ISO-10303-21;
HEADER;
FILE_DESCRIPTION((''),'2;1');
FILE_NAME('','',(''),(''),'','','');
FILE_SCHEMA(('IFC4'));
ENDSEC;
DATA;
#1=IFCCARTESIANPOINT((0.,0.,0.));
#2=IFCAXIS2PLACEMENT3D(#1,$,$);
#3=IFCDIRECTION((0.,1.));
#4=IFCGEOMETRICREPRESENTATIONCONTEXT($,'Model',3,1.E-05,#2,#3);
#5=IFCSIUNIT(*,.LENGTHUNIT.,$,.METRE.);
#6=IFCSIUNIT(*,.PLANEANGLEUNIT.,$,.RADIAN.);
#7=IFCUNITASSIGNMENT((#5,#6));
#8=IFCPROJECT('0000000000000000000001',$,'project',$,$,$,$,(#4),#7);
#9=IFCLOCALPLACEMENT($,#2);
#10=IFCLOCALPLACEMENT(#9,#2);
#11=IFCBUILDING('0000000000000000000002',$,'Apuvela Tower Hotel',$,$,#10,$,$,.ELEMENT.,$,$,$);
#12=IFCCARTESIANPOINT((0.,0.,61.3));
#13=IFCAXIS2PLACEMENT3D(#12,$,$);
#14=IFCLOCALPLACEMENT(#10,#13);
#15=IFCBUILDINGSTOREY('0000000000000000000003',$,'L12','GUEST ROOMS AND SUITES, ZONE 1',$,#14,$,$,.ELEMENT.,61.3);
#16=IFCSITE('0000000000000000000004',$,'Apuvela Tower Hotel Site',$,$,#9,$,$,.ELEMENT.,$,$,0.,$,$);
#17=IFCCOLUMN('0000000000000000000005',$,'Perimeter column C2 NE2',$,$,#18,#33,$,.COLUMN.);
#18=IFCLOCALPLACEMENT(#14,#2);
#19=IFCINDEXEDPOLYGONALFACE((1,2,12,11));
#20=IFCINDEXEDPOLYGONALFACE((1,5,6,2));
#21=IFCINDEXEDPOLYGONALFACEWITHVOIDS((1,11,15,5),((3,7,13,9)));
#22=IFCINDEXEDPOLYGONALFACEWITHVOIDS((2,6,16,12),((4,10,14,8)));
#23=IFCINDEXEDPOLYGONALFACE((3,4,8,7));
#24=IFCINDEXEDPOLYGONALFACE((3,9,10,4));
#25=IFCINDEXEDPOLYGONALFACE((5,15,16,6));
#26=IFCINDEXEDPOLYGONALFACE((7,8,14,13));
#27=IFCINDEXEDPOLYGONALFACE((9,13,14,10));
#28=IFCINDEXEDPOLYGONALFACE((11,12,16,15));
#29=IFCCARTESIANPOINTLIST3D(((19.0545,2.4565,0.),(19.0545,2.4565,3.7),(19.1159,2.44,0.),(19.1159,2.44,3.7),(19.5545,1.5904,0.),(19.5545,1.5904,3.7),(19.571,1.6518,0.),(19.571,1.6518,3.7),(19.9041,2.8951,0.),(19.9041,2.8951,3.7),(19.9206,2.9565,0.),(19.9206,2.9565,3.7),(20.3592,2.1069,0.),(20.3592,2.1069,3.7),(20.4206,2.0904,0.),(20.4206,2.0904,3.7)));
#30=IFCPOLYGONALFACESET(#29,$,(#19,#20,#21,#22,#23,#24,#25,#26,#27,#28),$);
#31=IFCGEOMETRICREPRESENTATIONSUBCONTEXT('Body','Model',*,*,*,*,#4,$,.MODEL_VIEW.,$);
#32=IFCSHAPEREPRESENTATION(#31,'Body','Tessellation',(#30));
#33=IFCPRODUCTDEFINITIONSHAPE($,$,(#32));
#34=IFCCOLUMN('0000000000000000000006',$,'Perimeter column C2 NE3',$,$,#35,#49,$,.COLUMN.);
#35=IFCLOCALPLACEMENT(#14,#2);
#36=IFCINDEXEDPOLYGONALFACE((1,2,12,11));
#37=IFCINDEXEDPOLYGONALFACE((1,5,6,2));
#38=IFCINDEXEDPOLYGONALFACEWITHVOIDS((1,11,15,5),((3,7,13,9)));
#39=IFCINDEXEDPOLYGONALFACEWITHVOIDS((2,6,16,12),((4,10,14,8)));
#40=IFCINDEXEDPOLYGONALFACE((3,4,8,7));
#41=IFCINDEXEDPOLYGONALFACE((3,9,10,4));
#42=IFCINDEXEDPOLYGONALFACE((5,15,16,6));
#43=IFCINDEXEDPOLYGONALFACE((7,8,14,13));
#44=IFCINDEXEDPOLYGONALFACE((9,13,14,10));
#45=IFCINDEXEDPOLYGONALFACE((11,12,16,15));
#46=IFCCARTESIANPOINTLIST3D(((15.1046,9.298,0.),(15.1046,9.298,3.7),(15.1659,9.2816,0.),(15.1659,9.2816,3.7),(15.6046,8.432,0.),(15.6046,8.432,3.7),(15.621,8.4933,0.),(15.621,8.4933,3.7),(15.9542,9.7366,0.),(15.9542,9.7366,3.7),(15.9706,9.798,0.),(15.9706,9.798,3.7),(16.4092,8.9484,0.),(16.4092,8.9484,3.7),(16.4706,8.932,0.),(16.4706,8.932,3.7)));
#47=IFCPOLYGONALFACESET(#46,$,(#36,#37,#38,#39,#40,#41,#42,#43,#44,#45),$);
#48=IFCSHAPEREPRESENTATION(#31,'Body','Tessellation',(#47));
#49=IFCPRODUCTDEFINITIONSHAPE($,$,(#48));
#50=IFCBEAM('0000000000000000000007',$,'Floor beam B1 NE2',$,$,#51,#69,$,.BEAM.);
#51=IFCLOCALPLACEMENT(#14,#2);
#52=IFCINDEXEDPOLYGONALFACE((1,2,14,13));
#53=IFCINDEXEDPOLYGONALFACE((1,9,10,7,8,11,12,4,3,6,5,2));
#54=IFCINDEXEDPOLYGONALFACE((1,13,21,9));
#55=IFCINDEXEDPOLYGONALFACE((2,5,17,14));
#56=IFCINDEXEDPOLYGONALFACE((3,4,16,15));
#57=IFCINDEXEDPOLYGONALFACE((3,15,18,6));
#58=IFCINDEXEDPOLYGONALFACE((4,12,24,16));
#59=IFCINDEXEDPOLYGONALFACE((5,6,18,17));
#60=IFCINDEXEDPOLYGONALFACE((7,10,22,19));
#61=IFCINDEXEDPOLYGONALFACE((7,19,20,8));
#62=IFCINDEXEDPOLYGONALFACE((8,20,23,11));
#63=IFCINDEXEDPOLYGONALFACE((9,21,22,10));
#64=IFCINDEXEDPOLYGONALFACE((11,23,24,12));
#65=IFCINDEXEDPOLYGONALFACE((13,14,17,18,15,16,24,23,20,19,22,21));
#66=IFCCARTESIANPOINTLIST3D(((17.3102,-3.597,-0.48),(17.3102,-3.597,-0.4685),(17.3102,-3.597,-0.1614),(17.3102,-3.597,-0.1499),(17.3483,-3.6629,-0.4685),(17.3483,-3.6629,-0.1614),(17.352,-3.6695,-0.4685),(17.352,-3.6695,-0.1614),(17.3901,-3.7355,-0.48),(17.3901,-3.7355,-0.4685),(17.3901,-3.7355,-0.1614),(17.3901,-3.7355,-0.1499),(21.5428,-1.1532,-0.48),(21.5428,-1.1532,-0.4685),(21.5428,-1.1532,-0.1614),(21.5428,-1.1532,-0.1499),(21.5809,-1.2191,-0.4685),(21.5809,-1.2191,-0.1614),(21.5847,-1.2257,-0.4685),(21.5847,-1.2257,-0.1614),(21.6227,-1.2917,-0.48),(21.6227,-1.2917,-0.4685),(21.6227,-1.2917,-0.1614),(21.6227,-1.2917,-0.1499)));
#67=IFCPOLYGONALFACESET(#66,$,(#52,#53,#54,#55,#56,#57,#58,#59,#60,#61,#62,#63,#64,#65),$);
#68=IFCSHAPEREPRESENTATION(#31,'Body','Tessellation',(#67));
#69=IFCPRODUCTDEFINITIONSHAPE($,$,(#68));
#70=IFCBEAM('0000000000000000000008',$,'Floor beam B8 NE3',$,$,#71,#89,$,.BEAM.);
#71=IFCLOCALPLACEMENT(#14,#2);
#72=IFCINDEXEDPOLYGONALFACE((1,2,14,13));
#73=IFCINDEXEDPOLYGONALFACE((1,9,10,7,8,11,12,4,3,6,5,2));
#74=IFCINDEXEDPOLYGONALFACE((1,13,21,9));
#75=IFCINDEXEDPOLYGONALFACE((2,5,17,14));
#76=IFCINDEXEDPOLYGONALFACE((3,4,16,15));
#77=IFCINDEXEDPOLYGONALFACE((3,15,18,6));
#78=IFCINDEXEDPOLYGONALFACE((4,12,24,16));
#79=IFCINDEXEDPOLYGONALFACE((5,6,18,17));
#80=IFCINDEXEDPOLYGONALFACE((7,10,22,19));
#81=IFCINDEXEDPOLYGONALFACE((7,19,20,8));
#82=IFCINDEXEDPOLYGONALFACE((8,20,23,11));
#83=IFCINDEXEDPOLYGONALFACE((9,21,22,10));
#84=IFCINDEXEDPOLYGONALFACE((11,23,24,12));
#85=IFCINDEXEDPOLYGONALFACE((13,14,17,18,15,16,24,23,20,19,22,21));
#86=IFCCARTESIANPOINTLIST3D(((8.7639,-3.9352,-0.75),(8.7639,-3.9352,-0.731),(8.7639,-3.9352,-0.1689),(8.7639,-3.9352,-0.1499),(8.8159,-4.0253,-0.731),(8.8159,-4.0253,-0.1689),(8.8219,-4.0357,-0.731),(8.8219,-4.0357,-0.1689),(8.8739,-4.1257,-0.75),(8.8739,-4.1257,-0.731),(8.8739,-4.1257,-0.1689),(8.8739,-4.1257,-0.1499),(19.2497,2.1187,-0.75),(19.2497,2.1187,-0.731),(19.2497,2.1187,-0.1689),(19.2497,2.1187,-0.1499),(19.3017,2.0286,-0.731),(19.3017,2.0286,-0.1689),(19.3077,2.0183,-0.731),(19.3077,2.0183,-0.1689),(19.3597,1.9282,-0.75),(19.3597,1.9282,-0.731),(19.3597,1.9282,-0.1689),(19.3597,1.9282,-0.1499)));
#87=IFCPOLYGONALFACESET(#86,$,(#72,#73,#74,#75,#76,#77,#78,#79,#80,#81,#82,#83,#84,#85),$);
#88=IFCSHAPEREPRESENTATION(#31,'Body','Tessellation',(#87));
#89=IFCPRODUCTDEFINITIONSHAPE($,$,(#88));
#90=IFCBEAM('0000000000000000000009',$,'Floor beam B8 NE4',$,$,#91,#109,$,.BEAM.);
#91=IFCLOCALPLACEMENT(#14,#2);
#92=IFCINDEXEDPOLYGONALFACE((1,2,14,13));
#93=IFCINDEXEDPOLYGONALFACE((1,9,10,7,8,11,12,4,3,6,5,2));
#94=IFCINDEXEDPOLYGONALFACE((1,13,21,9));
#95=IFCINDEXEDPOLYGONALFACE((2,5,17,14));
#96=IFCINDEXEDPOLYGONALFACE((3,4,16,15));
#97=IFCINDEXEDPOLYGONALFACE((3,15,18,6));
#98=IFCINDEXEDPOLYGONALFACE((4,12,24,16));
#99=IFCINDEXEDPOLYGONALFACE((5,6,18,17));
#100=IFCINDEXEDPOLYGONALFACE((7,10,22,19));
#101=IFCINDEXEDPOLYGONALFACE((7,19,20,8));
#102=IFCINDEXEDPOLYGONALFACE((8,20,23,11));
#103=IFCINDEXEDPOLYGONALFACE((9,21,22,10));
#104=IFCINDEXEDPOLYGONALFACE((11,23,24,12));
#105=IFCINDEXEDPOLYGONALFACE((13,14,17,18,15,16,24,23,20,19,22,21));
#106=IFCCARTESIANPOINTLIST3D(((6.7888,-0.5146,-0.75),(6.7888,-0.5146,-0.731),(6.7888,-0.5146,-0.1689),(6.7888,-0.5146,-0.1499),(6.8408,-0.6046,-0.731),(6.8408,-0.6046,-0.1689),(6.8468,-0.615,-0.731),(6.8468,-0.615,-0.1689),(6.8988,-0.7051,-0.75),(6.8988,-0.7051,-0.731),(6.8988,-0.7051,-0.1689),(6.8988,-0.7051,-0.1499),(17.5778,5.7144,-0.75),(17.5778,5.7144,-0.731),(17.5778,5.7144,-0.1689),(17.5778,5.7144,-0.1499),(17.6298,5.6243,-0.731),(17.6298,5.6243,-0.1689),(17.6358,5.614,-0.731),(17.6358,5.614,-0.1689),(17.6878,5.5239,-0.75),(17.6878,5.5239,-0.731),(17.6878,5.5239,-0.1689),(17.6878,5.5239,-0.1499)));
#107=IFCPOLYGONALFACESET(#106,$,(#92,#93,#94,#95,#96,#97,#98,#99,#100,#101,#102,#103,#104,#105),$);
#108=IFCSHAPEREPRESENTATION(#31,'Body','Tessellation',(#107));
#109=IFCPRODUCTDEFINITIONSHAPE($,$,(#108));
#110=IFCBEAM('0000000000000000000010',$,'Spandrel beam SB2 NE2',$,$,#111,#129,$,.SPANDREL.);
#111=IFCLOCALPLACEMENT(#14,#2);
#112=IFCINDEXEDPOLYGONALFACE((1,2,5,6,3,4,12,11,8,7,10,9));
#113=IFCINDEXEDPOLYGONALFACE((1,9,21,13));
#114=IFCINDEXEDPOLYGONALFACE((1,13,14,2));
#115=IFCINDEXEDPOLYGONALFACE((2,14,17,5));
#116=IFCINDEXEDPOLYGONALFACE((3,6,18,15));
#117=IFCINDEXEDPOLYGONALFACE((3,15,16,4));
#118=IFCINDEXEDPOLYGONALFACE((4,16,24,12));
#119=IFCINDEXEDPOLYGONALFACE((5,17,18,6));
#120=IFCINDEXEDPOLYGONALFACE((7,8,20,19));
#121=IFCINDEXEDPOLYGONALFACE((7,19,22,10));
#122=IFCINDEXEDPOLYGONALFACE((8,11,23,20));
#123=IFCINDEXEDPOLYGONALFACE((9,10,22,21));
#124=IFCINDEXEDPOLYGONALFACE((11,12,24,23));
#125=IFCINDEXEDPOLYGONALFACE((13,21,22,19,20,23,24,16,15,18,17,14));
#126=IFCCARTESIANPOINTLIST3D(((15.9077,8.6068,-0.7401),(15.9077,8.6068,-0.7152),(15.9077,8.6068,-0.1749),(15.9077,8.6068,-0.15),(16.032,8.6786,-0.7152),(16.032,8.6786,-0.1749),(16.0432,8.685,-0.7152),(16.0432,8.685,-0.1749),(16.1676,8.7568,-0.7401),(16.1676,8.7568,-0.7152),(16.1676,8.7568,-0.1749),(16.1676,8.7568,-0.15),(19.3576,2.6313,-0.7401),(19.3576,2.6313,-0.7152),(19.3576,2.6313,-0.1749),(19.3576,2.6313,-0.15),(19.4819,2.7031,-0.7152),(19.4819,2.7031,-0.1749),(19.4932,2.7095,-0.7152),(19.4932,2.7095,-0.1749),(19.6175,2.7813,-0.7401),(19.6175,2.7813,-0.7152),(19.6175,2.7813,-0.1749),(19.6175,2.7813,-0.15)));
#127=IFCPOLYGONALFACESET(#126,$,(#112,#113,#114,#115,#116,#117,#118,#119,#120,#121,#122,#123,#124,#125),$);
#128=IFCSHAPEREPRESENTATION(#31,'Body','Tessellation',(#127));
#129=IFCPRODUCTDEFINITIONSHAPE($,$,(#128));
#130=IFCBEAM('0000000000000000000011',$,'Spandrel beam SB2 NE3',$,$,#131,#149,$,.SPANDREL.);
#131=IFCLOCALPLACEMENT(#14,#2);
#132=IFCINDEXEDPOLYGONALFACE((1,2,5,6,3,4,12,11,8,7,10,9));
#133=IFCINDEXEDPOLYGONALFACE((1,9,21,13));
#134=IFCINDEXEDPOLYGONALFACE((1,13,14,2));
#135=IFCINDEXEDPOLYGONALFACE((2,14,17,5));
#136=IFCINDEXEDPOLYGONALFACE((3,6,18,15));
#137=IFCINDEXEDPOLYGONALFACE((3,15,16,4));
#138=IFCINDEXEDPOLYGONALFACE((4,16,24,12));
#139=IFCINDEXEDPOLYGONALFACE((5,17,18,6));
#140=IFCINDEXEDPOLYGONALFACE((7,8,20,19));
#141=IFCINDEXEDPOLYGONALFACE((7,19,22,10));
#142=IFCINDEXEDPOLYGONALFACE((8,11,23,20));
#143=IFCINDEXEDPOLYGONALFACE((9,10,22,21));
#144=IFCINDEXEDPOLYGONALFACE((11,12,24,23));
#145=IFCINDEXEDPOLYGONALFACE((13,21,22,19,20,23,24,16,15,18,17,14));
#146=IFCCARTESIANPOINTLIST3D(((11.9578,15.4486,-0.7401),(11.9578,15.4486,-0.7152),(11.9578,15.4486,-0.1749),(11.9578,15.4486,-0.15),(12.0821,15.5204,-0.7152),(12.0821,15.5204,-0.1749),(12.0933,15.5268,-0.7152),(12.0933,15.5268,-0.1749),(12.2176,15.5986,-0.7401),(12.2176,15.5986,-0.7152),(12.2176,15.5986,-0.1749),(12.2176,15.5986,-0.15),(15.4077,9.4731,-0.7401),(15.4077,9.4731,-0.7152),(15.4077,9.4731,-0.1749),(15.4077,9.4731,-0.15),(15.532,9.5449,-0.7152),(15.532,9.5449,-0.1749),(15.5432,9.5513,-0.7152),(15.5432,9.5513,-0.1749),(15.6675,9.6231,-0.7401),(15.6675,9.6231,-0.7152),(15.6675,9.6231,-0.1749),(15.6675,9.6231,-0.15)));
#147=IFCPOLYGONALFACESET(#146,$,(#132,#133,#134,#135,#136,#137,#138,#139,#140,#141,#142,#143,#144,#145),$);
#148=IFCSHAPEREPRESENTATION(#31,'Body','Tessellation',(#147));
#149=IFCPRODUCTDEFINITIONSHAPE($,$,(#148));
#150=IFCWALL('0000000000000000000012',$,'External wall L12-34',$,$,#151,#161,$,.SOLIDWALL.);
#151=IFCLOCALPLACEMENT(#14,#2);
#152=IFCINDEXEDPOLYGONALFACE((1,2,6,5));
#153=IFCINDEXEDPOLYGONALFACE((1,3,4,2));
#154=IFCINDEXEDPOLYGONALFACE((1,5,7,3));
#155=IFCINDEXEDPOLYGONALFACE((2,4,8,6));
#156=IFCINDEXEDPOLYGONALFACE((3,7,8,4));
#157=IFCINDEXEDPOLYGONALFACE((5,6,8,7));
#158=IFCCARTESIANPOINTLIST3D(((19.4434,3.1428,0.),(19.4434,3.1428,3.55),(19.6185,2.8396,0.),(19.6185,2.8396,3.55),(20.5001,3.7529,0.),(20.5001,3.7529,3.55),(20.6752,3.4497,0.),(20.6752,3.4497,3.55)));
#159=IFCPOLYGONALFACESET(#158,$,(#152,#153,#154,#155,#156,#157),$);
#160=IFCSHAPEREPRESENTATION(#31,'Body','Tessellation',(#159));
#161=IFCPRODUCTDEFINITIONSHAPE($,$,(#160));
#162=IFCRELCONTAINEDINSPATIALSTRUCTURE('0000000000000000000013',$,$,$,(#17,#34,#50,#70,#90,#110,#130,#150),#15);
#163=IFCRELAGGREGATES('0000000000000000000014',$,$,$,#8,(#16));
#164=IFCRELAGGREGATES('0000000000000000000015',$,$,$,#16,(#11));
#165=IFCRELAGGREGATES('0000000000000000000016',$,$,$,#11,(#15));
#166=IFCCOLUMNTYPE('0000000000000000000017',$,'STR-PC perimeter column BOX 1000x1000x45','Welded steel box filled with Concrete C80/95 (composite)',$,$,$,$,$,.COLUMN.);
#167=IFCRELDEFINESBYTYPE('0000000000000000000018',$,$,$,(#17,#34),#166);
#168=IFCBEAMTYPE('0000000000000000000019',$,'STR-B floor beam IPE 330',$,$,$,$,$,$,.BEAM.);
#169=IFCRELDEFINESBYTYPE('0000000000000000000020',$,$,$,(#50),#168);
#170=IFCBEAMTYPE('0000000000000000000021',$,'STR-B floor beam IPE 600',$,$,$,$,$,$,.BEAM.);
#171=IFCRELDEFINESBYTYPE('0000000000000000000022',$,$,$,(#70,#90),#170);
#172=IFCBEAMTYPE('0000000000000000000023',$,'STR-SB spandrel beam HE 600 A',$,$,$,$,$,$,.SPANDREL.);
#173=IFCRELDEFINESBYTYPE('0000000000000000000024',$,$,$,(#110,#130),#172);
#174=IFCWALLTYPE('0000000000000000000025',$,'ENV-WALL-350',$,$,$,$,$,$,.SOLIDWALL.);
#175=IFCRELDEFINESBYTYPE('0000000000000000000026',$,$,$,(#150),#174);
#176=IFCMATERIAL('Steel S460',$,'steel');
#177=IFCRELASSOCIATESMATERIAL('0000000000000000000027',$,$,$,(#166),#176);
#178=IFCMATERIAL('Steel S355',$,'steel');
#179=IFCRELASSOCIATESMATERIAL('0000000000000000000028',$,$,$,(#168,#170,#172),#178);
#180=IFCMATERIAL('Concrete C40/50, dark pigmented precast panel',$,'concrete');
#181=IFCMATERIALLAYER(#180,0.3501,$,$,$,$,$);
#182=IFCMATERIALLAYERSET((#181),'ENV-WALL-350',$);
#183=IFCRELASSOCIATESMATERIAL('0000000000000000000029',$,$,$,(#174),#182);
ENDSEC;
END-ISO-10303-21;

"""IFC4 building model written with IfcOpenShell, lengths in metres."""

from ifc_helpers import new_model, si_unit, direction, frame, frame_2d, origin, origin_2d, place, context, subcontext, project, spatial, rectangle, hollow_rectangle, i_section, extrude, material, layer, layer_set, material_profile, profile_set, type_object, element, save


model = new_model("IFC4")

# Units and contexts
model_context = context("Model", 3, precision=1e-05, world=origin(), true_north=direction((0.0, 1.0)))
body_context = subcontext(model_context, "Body", "Model", "MODEL_VIEW")
ifc_project = project(units=[si_unit("LENGTHUNIT", "METRE"), si_unit("PLANEANGLEUNIT", "RADIAN")], contexts=[model_context])

# Site, building, storey
site_placement = place(None, origin())
site = spatial("IfcSite", under=ifc_project, at=site_placement, Name="Apuvela Tower Hotel Site", CompositionType="ELEMENT", RefElevation=0.0)
building_placement = place(site_placement, origin())
building = spatial("IfcBuilding", under=site, at=building_placement, Name="Apuvela Tower Hotel", CompositionType="ELEMENT")
storey_placement = place(building_placement, frame((0.0, 0.0, 61.3)))
storey = spatial("IfcBuildingStorey", under=building, at=storey_placement, Name="L12", Description="GUEST ROOMS AND SUITES, ZONE 1", CompositionType="ELEMENT", Elevation=61.3)

# Columns
ifc_material_1 = material(Name="Steel S460", Category="steel")
ifc_material_profile_1 = material_profile(ifc_material_1, hollow_rectangle(XDim=1.0, YDim=1.0, WallThickness=0.0449, at=origin_2d()), Name="BOX 1000x1000x45")
ifc_material_2 = material(Name="Concrete C80/95", Category="concrete")
ifc_material_profile_2 = material_profile(ifc_material_2, rectangle(XDim=0.9099, YDim=0.9099, at=origin_2d()), Name="Concrete C80/95 infill")
ifc_profile_set_1 = profile_set([ifc_material_profile_1, ifc_material_profile_2], Name="Steel S460")
column_type = type_object("IfcColumnType", Name="STR-PC perimeter column BOX 1000x1000x45", Description="Welded steel box filled with Concrete C80/95 (composite)", PredefinedType="COLUMN", material=ifc_profile_set_1)
for number, where, z_axis, x_axis, name in (
    (1, (19.7375, 2.2734, 0.0), (0.0, 0.0, 1.0), (-0.5, 0.866025, 0.0), "Perimeter column C2 NE2"),
    (2, (15.7876, 9.115, 0.0), (0.0, 0.0, 1.0), (-0.5, 0.866025, 0.0), "Perimeter column C2 NE3"),
):
    element("IfcColumn", number, at=place(storey_placement, frame(where, z_axis=z_axis, x_axis=x_axis)), inside=storey, type_object=column_type, Name=name, PredefinedType="COLUMN", context=body_context, shape_type="SweptSolid", body=[
        extrude(hollow_rectangle(XDim=1.0, YDim=1.0, WallThickness=0.0449, at=origin_2d()), origin(), (0.0, 0.0, 1.0), 3.7),
    ])

# Beams
ifc_material_3 = material(Name="Steel S355", Category="steel")
ifc_material_profile_3 = material_profile(ifc_material_3, i_section(OverallWidth=0.1599, OverallDepth=0.3301, WebThickness=0.0076, FlangeThickness=0.0115, at=origin_2d()), Name="IPE 330")
ifc_profile_set_2 = profile_set([ifc_material_profile_3], Name="Steel S355")
beam_type_1 = type_object("IfcBeamType", Name="STR-B floor beam IPE 330", PredefinedType="BEAM", material=ifc_profile_set_2)
beam_1_placement = place(storey_placement, frame((21.5828, -1.2224, -0.3149), z_axis=(-0.866015, -0.500018, 0.0), x_axis=(0.500018, -0.866015, 0.0)))
element("IfcBeam", 3, at=beam_1_placement, inside=storey, type_object=beam_type_1, Name="Floor beam B1 NE2", PredefinedType="BEAM", context=body_context, shape_type="SweptSolid", body=[
    extrude(i_section(OverallWidth=0.1599, OverallDepth=0.3301, WebThickness=0.0076, FlangeThickness=0.0115, at=origin_2d()), origin(), (0.0, 0.0, 1.0), 4.8875),
])
ifc_material_profile_4 = material_profile(ifc_material_3, i_section(OverallWidth=0.22, OverallDepth=0.6001, WebThickness=0.012, FlangeThickness=0.019, at=origin_2d()), Name="IPE 600")
ifc_profile_set_3 = profile_set([ifc_material_profile_4], Name="Steel S355")
beam_type_2 = type_object("IfcBeamType", Name="STR-B floor beam IPE 600", PredefinedType="BEAM", material=ifc_profile_set_3)
beam_2_placement = place(storey_placement, frame((19.3047, 2.0234, -0.45), z_axis=(-0.866027, -0.499997, 0.0), x_axis=(0.499997, -0.866027, 0.0)))
element("IfcBeam", 4, at=beam_2_placement, inside=storey, type_object=beam_type_2, Name="Floor beam B8 NE3", PredefinedType="BEAM", context=body_context, shape_type="SweptSolid", body=[
    extrude(i_section(OverallWidth=0.22, OverallDepth=0.6001, WebThickness=0.012, FlangeThickness=0.019, at=origin_2d()), origin(), (0.0, 0.0, 1.0), 12.1079),
])
beam_3_placement = place(storey_placement, frame((17.6328, 5.6191, -0.45), z_axis=(-0.866028, -0.499996, 0.0), x_axis=(0.499996, -0.866028, 0.0)))
element("IfcBeam", 5, at=beam_3_placement, inside=storey, type_object=beam_type_2, Name="Floor beam B8 NE4", PredefinedType="BEAM", context=body_context, shape_type="SweptSolid", body=[
    extrude(i_section(OverallWidth=0.22, OverallDepth=0.6001, WebThickness=0.012, FlangeThickness=0.019, at=origin_2d()), origin(), (0.0, 0.0, 1.0), 12.458),
])
ifc_material_profile_5 = material_profile(ifc_material_3, i_section(OverallWidth=0.3, OverallDepth=0.5901, WebThickness=0.0129, FlangeThickness=0.0249, at=origin_2d()), Name="HE 600 A")
ifc_profile_set_4 = profile_set([ifc_material_profile_5], Name="Steel S355")
beam_type_3 = type_object("IfcBeamType", Name="STR-SB spandrel beam HE 600 A", PredefinedType="SPANDREL", material=ifc_profile_set_4)
for number, where, z_axis, x_axis, name in (
    (6, (19.4875, 2.7063, -0.4451), (-0.499994, 0.866029, 0.0), (-0.866029, -0.499994, 0.0), "Spandrel beam SB2 NE2"),
    (7, (15.5376, 9.5481, -0.4451), (-0.499994, 0.866029, 0.0), (-0.866029, -0.499994, 0.0), "Spandrel beam SB2 NE3"),
):
    element("IfcBeam", number, at=place(storey_placement, frame(where, z_axis=z_axis, x_axis=x_axis)), inside=storey, type_object=beam_type_3, Name=name, PredefinedType="SPANDREL", context=body_context, shape_type="SweptSolid", body=[
        extrude(i_section(OverallWidth=0.3, OverallDepth=0.5901, WebThickness=0.0129, FlangeThickness=0.0249, at=origin_2d()), origin(), (0.0, 0.0, 1.0), 6.8999),
    ])

# Wall
ifc_material_4 = material(Name="Concrete C40/50, dark pigmented precast panel", Category="concrete")
ifc_layer_1 = layer(ifc_material_4, 0.3501)
ifc_layer_set_1 = layer_set([ifc_layer_1], Name="ENV-WALL-350")
wall_type_1 = type_object("IfcWallType", Name="ENV-WALL-350", PredefinedType="SOLIDWALL", material=ifc_layer_set_1)
wall_1_placement = place(storey_placement, frame((20.5876, 3.6013, 0.0), z_axis=(0.0, 0.0, 1.0), x_axis=(-0.866006, -0.500034, 0.0)))
element("IfcWall", 8, at=wall_1_placement, inside=storey, type_object=wall_type_1, Name="External wall L12-34", PredefinedType="SOLIDWALL", context=body_context, shape_type="SweptSolid", body=[
    extrude(rectangle(XDim=1.2202, YDim=0.3501, at=frame_2d((0.6101, 0.0))), origin(), (0.0, 0.0, 1.0), 3.55),
])

save(model, "model.ifc")
